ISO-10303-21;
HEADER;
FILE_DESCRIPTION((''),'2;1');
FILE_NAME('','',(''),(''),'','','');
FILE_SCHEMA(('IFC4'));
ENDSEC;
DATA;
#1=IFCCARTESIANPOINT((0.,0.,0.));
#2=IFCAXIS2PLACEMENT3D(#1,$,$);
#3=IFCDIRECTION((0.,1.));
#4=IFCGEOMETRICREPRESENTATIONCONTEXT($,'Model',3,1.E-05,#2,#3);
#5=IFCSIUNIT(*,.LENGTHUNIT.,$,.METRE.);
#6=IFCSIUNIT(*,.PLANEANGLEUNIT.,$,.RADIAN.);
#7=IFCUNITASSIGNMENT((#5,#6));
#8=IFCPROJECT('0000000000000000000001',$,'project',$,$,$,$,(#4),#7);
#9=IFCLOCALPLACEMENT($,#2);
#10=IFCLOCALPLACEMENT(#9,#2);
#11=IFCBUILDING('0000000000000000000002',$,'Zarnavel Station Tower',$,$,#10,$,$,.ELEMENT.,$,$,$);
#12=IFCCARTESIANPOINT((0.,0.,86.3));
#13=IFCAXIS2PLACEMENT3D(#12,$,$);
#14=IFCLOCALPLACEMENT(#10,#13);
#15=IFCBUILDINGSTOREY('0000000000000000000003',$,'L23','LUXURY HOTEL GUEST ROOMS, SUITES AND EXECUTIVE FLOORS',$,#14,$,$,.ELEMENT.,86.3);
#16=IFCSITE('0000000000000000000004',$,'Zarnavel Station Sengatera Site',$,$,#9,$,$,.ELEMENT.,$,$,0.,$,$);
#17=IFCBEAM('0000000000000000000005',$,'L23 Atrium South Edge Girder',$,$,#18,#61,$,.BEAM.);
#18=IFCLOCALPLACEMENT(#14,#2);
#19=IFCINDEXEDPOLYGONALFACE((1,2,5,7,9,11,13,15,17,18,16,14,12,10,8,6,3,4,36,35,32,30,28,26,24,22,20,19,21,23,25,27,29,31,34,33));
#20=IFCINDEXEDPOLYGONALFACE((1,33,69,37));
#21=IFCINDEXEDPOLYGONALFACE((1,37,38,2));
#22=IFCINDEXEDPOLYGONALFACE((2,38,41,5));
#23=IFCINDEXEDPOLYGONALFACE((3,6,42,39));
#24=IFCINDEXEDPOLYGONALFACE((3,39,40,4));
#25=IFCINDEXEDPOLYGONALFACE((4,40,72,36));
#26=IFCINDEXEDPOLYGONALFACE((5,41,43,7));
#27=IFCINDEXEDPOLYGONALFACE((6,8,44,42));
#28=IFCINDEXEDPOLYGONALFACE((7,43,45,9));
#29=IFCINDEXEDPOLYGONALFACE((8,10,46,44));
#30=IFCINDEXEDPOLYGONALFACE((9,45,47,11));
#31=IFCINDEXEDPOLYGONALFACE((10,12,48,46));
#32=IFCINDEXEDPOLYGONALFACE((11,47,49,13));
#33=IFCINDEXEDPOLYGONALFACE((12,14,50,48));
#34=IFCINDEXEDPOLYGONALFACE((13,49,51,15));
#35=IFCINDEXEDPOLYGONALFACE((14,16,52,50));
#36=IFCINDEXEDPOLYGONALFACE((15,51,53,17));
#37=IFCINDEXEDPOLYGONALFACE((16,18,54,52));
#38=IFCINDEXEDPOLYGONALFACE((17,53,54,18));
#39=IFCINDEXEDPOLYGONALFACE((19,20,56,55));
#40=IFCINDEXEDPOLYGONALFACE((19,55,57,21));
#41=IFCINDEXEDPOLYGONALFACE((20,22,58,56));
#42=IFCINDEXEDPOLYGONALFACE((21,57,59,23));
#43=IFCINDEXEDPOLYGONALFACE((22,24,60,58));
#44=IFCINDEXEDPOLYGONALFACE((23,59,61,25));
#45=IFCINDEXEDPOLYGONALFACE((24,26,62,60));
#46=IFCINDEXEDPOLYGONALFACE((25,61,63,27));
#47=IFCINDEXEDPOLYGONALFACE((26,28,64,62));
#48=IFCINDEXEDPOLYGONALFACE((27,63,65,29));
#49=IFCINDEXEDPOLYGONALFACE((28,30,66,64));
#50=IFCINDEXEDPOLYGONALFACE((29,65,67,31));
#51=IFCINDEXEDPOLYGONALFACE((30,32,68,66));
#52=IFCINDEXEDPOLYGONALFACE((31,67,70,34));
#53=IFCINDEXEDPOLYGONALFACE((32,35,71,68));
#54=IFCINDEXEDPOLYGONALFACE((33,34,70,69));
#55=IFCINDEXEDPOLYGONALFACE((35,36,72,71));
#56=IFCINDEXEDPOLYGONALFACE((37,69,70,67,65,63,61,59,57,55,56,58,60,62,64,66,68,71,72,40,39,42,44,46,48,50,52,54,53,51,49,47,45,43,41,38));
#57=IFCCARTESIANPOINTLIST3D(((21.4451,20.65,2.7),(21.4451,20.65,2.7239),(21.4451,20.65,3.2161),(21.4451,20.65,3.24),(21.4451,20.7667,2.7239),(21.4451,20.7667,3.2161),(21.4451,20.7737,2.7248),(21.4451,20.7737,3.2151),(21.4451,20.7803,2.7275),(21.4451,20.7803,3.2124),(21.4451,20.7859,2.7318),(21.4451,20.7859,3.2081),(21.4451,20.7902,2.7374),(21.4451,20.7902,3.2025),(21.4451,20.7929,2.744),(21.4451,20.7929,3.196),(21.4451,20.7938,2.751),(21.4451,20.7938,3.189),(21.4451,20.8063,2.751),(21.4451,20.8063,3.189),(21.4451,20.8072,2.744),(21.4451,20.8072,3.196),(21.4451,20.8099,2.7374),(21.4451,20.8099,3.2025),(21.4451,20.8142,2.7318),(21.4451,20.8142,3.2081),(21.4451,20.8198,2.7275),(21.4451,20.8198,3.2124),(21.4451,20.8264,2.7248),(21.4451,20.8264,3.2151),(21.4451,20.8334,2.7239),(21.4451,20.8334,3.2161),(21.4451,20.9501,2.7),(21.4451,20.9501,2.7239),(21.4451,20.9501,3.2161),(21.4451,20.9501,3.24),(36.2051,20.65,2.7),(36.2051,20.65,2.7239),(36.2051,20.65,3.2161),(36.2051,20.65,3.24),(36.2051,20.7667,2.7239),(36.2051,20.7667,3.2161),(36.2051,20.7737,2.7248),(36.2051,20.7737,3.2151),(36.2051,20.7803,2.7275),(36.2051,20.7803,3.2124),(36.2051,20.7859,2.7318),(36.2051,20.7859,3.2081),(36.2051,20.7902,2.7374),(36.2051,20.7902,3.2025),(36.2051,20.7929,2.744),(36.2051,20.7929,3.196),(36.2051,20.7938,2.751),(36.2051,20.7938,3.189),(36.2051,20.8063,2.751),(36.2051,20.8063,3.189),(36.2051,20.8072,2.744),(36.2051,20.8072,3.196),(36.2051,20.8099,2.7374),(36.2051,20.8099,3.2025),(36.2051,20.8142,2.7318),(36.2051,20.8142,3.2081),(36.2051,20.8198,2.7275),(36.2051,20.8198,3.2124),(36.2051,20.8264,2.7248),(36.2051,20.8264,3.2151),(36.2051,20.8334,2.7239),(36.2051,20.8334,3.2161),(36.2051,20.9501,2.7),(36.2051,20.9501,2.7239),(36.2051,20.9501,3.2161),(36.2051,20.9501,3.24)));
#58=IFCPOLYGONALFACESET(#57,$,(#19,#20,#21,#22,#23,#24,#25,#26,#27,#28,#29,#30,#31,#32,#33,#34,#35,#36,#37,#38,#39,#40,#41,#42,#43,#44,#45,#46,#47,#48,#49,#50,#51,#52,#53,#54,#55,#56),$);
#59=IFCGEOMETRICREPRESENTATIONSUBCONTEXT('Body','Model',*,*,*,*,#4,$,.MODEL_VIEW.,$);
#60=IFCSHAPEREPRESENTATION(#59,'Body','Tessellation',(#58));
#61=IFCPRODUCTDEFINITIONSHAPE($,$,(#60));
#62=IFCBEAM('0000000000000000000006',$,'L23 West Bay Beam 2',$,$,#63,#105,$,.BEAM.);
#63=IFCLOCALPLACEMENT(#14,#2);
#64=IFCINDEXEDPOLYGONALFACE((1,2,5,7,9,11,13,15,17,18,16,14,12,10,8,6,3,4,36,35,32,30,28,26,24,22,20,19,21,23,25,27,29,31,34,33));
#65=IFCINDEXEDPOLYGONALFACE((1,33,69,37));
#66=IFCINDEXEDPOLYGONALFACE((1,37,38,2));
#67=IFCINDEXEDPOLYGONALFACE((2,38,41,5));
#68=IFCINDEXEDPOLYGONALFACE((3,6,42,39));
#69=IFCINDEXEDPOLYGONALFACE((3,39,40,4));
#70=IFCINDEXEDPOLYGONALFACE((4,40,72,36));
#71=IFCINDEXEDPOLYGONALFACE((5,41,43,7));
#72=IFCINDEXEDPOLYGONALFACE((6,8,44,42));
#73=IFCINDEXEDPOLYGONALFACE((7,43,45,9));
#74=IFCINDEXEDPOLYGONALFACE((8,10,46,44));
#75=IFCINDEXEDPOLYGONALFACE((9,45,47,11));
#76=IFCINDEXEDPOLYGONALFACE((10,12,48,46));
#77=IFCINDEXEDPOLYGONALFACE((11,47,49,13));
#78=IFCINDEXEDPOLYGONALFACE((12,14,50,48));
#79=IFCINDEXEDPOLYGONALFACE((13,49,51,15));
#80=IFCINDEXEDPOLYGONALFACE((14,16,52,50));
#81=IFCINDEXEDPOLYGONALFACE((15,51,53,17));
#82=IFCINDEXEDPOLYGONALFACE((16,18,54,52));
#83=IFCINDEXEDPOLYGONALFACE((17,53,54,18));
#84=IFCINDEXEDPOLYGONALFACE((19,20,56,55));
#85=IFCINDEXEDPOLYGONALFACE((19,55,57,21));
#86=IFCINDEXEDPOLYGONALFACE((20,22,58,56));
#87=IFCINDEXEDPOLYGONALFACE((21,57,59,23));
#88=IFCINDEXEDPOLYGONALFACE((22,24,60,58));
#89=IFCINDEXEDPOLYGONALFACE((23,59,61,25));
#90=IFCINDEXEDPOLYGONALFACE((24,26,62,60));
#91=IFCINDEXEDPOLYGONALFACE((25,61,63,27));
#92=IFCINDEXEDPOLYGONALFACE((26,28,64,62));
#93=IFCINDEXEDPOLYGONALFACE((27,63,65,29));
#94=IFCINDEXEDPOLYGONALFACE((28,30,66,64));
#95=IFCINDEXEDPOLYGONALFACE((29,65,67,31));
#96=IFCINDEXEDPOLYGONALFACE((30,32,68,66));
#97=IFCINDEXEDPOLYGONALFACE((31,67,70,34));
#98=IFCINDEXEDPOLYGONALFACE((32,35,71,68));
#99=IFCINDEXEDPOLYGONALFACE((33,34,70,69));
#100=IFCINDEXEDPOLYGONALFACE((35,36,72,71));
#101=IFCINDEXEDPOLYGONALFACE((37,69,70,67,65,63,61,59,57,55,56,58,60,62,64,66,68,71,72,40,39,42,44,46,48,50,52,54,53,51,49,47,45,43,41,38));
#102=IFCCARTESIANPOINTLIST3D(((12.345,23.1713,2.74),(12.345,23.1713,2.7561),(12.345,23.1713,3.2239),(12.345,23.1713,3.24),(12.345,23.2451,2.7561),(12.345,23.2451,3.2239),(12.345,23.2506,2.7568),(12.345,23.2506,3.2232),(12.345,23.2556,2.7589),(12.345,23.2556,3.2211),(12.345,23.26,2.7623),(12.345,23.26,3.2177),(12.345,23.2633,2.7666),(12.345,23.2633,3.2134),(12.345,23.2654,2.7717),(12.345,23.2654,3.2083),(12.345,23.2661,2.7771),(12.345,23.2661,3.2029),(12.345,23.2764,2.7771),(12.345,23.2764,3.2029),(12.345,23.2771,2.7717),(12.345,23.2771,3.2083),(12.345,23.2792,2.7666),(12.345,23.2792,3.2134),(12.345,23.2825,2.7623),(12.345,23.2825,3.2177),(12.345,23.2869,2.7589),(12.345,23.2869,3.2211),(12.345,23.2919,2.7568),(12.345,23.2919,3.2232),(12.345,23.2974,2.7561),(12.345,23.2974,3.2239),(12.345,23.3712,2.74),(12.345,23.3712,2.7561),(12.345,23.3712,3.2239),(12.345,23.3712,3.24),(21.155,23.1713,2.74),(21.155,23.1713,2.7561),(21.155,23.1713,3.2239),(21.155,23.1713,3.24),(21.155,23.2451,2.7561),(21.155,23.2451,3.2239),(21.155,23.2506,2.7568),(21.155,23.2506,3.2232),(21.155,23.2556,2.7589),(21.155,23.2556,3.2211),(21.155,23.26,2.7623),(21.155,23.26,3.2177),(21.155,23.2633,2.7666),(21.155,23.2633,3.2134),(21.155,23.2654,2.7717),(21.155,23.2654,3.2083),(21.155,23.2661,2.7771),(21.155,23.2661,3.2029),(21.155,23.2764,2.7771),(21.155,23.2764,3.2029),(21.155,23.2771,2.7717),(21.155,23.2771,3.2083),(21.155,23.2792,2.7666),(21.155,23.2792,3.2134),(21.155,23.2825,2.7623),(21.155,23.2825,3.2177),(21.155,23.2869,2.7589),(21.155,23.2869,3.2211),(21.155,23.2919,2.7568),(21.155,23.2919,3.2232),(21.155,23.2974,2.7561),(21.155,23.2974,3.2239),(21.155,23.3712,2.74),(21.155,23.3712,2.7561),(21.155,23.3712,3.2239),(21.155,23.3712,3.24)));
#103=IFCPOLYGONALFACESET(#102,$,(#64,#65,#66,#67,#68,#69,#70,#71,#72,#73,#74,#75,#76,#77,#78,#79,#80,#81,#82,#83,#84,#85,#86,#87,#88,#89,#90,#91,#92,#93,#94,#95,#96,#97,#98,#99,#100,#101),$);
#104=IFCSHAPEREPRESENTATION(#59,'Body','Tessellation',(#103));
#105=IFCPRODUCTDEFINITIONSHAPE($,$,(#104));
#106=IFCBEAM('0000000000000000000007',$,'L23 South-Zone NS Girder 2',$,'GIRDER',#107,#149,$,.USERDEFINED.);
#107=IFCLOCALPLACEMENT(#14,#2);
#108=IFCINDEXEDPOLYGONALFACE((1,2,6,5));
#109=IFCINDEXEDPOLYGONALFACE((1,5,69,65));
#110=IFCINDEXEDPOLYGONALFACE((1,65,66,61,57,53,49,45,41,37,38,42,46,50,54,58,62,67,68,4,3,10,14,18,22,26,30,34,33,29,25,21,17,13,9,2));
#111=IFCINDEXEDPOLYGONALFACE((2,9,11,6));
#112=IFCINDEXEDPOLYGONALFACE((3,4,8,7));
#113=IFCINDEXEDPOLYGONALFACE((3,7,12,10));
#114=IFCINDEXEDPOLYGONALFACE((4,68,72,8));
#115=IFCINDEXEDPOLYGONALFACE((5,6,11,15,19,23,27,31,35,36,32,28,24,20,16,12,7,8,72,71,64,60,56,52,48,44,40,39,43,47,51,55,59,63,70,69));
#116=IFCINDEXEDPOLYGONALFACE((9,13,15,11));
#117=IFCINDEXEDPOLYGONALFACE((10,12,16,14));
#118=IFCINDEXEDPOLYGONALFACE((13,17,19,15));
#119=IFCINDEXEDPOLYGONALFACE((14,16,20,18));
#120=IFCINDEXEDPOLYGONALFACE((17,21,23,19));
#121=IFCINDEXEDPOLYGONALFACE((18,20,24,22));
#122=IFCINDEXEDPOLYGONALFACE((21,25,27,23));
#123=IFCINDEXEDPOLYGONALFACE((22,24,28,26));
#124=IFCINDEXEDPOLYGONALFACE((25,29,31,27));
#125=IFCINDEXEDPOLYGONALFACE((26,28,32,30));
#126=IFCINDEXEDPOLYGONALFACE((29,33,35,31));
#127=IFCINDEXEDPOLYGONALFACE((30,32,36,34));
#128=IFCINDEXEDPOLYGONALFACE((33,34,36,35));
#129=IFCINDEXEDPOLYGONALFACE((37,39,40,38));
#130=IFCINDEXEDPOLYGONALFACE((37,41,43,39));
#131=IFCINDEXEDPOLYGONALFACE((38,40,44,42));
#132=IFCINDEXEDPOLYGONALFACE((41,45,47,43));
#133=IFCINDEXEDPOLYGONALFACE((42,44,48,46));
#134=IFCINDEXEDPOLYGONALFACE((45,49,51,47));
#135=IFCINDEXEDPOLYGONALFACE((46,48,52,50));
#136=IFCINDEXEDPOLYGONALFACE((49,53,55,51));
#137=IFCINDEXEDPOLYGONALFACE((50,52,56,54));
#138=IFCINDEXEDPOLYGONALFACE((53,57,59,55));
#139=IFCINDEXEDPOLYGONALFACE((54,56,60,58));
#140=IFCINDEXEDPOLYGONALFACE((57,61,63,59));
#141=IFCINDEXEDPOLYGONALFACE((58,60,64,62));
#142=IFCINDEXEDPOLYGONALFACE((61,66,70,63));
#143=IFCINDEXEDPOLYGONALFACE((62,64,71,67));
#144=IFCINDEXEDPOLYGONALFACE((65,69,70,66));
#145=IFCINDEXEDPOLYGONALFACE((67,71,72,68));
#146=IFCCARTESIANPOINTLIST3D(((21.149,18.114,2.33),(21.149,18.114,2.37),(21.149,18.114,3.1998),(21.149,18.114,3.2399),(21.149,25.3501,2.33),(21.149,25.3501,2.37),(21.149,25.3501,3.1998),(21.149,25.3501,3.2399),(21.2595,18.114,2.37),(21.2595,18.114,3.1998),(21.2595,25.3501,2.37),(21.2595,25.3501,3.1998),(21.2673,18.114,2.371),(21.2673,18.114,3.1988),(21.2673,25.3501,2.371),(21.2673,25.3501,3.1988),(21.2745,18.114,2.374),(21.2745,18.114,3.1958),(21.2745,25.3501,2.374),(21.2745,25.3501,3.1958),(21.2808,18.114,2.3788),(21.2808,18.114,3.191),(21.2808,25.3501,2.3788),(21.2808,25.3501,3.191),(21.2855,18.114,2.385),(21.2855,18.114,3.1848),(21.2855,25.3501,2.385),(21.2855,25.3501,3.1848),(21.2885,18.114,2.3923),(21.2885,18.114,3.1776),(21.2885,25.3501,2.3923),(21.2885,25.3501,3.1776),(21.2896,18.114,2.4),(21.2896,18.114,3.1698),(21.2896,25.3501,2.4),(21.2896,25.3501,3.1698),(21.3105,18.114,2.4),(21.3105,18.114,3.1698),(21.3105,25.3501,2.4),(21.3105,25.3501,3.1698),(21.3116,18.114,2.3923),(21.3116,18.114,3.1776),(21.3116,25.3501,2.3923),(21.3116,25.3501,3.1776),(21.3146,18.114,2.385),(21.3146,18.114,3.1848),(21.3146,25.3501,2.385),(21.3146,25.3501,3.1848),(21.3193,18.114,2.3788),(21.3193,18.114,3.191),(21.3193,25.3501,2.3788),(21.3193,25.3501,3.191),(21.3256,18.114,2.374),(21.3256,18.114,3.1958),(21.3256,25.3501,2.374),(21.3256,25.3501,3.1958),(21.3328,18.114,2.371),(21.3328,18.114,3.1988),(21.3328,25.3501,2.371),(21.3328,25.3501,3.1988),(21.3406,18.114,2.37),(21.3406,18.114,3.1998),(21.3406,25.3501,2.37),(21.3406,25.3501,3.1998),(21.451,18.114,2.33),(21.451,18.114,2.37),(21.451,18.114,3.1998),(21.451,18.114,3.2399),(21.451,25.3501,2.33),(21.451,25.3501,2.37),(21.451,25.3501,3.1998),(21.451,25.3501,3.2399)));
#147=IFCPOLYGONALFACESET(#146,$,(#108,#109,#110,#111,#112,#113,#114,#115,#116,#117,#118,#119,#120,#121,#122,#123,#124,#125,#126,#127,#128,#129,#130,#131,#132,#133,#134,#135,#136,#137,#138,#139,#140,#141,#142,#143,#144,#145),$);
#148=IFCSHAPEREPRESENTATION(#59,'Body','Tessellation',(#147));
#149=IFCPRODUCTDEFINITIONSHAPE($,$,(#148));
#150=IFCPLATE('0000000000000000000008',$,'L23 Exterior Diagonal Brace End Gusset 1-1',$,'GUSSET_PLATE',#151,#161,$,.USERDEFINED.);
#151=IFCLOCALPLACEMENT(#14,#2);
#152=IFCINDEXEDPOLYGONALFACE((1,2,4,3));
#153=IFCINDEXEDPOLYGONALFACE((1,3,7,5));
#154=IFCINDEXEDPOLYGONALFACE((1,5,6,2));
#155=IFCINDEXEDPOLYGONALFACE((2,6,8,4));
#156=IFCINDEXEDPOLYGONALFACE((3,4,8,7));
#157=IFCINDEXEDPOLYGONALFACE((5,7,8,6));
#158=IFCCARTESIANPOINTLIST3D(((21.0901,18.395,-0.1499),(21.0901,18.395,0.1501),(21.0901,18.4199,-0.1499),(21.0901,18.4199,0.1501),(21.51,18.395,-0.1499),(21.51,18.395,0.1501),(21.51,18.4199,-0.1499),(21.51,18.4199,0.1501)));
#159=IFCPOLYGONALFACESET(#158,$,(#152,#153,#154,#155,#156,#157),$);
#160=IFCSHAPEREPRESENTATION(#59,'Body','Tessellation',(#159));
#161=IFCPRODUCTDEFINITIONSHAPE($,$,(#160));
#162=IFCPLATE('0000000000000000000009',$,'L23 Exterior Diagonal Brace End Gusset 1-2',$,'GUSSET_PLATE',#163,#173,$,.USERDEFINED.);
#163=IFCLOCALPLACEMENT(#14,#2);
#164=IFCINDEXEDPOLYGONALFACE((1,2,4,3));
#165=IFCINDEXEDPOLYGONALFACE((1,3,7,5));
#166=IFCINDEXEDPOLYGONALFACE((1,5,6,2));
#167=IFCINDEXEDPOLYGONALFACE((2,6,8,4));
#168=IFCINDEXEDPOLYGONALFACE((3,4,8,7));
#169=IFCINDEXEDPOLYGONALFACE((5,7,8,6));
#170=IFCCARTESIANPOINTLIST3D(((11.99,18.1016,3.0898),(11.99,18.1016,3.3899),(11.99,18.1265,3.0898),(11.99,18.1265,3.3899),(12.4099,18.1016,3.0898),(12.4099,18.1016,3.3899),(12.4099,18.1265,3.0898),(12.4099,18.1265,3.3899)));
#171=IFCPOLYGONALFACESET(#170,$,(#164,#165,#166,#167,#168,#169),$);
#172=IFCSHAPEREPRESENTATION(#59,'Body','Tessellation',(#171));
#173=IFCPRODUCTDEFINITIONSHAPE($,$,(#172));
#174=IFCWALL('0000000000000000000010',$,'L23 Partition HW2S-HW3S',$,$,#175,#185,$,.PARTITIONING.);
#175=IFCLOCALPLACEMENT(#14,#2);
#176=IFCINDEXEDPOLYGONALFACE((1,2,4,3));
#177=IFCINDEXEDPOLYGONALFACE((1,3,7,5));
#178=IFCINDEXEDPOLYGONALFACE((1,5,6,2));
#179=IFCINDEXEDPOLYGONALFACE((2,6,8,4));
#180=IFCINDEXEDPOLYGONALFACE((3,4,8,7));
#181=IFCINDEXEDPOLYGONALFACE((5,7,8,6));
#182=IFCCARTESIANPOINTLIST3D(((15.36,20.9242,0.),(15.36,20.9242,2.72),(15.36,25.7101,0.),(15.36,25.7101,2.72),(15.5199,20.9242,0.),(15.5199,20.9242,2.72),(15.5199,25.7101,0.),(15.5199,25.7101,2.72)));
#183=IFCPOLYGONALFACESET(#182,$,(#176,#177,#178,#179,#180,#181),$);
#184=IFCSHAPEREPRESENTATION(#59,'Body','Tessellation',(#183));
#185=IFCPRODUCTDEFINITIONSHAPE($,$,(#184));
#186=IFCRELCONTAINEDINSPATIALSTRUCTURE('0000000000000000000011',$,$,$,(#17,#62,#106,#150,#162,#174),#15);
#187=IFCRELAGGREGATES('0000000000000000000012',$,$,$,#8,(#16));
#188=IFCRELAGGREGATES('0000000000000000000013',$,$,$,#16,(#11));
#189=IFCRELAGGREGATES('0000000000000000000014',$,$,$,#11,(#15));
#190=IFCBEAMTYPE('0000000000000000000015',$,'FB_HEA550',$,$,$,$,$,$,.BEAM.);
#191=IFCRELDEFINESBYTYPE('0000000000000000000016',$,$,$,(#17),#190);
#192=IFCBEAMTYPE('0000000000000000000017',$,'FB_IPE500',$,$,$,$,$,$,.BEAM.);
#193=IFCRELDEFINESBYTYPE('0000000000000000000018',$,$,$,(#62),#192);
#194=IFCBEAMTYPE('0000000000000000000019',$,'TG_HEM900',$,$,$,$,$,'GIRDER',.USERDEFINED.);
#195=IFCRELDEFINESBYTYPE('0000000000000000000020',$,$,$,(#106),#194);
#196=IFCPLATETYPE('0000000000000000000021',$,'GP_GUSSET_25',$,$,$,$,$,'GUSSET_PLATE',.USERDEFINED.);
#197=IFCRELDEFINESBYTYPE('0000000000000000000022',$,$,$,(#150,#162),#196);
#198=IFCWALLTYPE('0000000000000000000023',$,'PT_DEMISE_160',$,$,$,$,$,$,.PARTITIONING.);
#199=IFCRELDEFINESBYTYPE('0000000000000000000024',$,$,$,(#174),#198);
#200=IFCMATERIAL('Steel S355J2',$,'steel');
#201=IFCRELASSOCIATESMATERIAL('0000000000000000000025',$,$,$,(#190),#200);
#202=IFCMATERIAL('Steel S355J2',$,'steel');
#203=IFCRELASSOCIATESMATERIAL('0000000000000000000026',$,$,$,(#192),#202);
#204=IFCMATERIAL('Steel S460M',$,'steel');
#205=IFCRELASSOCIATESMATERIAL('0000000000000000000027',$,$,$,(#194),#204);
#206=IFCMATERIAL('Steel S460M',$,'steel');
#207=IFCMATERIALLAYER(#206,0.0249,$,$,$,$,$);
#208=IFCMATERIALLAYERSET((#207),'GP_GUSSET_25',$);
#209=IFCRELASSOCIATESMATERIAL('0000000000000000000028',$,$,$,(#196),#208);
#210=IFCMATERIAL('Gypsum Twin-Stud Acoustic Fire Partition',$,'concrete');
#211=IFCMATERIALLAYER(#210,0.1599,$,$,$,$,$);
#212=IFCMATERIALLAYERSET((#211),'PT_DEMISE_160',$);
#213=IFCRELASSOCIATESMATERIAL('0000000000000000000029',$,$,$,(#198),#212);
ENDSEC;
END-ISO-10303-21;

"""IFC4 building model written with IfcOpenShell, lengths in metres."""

from ifc_helpers import new_model, si_unit, direction, frame, frame_2d, origin, origin_2d, place, context, subcontext, project, spatial, rectangle, i_section, extrude, material, layer, layer_set, material_profile, profile_set, type_object, element, save


model = new_model("IFC4")

# Units and contexts
model_context = context("Model", 3, precision=1e-05, world=origin(), true_north=direction((0.0, 1.0)))
body_context = subcontext(model_context, "Body", "Model", "MODEL_VIEW")
ifc_project = project(units=[si_unit("LENGTHUNIT", "METRE"), si_unit("PLANEANGLEUNIT", "RADIAN")], contexts=[model_context])

# Site, building, storey
site_placement = place(None, origin())
site = spatial("IfcSite", under=ifc_project, at=site_placement, Name="Zarnavel Station Sengatera Site", CompositionType="ELEMENT", RefElevation=0.0)
building_placement = place(site_placement, origin())
building = spatial("IfcBuilding", under=site, at=building_placement, Name="Zarnavel Station Tower", CompositionType="ELEMENT")
storey_placement = place(building_placement, frame((0.0, 0.0, 86.3)))
storey = spatial("IfcBuildingStorey", under=building, at=storey_placement, Name="L23", Description="LUXURY HOTEL GUEST ROOMS, SUITES AND EXECUTIVE FLOORS", CompositionType="ELEMENT", Elevation=86.3)

# Beams
ifc_material_1 = material(Name="Steel S355J2", Category="steel")
ifc_material_profile_1 = material_profile(ifc_material_1, i_section(OverallWidth=0.3, OverallDepth=0.54, WebThickness=0.0125, FlangeThickness=0.0239, FilletRadius=0.0271, at=origin_2d()), Name="HEA550")
ifc_profile_set_1 = profile_set([ifc_material_profile_1], Name="Steel S355J2")
beam_type_1 = type_object("IfcBeamType", Name="FB_HEA550", PredefinedType="BEAM", material=ifc_profile_set_1)
beam_1_placement = place(storey_placement, frame((21.4451, 20.8, 2.97), z_axis=(1.0, 0.0, 0.0), x_axis=(0.0, 1.0, 0.0)))
element("IfcBeam", 1, at=beam_1_placement, inside=storey, type_object=beam_type_1, Name="L23 Atrium South Edge Girder", PredefinedType="BEAM", context=body_context, shape_type="SweptSolid", body=[
    extrude(i_section(OverallWidth=0.3, OverallDepth=0.54, WebThickness=0.0125, FlangeThickness=0.0239, FilletRadius=0.0271, at=origin_2d()), origin(), (0.0, 0.0, 1.0), 14.76),
])
ifc_material_2 = material(Name="Steel S355J2", Category="steel")
ifc_material_profile_2 = material_profile(ifc_material_2, i_section(OverallWidth=0.2, OverallDepth=0.5, WebThickness=0.0103, FlangeThickness=0.0161, FilletRadius=0.021, at=origin_2d()), Name="IPE500")
ifc_profile_set_2 = profile_set([ifc_material_profile_2], Name="Steel S355J2")
beam_type_2 = type_object("IfcBeamType", Name="FB_IPE500", PredefinedType="BEAM", material=ifc_profile_set_2)
beam_2_placement = place(storey_placement, frame((12.345, 23.2712, 2.99), z_axis=(1.0, 0.0, 0.0), x_axis=(0.0, 1.0, 0.0)))
element("IfcBeam", 2, at=beam_2_placement, inside=storey, type_object=beam_type_2, Name="L23 West Bay Beam 2", PredefinedType="BEAM", context=body_context, shape_type="SweptSolid", body=[
    extrude(i_section(OverallWidth=0.2, OverallDepth=0.5, WebThickness=0.0103, FlangeThickness=0.0161, FilletRadius=0.021, at=origin_2d()), origin(), (0.0, 0.0, 1.0), 8.8101),
])
ifc_material_3 = material(Name="Steel S460M", Category="steel")
ifc_material_profile_3 = material_profile(ifc_material_3, i_section(OverallWidth=0.302, OverallDepth=0.9099, WebThickness=0.021, FlangeThickness=0.04, FilletRadius=0.03, at=origin_2d()), Name="HEM900")
ifc_profile_set_3 = profile_set([ifc_material_profile_3], Name="Steel S460M")
beam_type_3 = type_object("IfcBeamType", Name="TG_HEM900", ElementType="GIRDER", PredefinedType="USERDEFINED", material=ifc_profile_set_3)
beam_3_placement = place(storey_placement, frame((21.3, 18.114, 2.7849), z_axis=(0.0, 1.0, 0.0), x_axis=(-1.0, 0.0, 0.0)))
element("IfcBeam", 3, at=beam_3_placement, inside=storey, type_object=beam_type_3, Name="L23 South-Zone NS Girder 2", ObjectType="GIRDER", PredefinedType="USERDEFINED", context=body_context, shape_type="SweptSolid", body=[
    extrude(i_section(OverallWidth=0.302, OverallDepth=0.9099, WebThickness=0.021, FlangeThickness=0.04, FilletRadius=0.03, at=origin_2d()), origin(), (0.0, 0.0, 1.0), 7.2361),
])

# Plates
ifc_material_4 = material(Name="Steel S460M", Category="steel")
ifc_layer_1 = layer(ifc_material_4, 0.0249)
ifc_layer_set_1 = layer_set([ifc_layer_1], Name="GP_GUSSET_25")
plate_type = type_object("IfcPlateType", Name="GP_GUSSET_25", ElementType="GUSSET_PLATE", PredefinedType="USERDEFINED", material=ifc_layer_set_1)
for number, where, z_axis, x_axis, name in (
    (4, (21.3, 18.4075, -0.1499), (0.0, 0.0, 1.0), (1.0, 0.0, 0.0), "L23 Exterior Diagonal Brace End Gusset 1-1"),
    (5, (12.2, 18.114, 3.0898), (0.0, 0.0, 1.0), (1.0, 0.0, 0.0), "L23 Exterior Diagonal Brace End Gusset 1-2"),
):
    element("IfcPlate", number, at=place(storey_placement, frame(where, z_axis=z_axis, x_axis=x_axis)), inside=storey, type_object=plate_type, Name=name, ObjectType="GUSSET_PLATE", PredefinedType="USERDEFINED", context=body_context, shape_type="SweptSolid", body=[
        extrude(rectangle(XDim=0.4199, YDim=0.0249, at=origin_2d()), origin(), (0.0, 0.0, 1.0), 0.3),
    ])

# Wall
ifc_material_5 = material(Name="Gypsum Twin-Stud Acoustic Fire Partition", Category="concrete")
ifc_layer_2 = layer(ifc_material_5, 0.1599)
ifc_layer_set_2 = layer_set([ifc_layer_2], Name="PT_DEMISE_160")
wall_type_1 = type_object("IfcWallType", Name="PT_DEMISE_160", PredefinedType="PARTITIONING", material=ifc_layer_set_2)
wall_1_placement = place(storey_placement, frame((15.4399, 20.9241, 0.0), z_axis=(0.0, 0.0, 1.0), x_axis=(0.0, 1.0, 0.0)))
element("IfcWall", 6, at=wall_1_placement, inside=storey, type_object=wall_type_1, Name="L23 Partition HW2S-HW3S", PredefinedType="PARTITIONING", context=body_context, shape_type="SweptSolid", body=[
    extrude(rectangle(XDim=4.7859, YDim=0.1599, at=frame_2d((2.3931, 0.0))), origin(), (0.0, 0.0, 1.0), 2.72),
])

save(model, "model.ifc")
